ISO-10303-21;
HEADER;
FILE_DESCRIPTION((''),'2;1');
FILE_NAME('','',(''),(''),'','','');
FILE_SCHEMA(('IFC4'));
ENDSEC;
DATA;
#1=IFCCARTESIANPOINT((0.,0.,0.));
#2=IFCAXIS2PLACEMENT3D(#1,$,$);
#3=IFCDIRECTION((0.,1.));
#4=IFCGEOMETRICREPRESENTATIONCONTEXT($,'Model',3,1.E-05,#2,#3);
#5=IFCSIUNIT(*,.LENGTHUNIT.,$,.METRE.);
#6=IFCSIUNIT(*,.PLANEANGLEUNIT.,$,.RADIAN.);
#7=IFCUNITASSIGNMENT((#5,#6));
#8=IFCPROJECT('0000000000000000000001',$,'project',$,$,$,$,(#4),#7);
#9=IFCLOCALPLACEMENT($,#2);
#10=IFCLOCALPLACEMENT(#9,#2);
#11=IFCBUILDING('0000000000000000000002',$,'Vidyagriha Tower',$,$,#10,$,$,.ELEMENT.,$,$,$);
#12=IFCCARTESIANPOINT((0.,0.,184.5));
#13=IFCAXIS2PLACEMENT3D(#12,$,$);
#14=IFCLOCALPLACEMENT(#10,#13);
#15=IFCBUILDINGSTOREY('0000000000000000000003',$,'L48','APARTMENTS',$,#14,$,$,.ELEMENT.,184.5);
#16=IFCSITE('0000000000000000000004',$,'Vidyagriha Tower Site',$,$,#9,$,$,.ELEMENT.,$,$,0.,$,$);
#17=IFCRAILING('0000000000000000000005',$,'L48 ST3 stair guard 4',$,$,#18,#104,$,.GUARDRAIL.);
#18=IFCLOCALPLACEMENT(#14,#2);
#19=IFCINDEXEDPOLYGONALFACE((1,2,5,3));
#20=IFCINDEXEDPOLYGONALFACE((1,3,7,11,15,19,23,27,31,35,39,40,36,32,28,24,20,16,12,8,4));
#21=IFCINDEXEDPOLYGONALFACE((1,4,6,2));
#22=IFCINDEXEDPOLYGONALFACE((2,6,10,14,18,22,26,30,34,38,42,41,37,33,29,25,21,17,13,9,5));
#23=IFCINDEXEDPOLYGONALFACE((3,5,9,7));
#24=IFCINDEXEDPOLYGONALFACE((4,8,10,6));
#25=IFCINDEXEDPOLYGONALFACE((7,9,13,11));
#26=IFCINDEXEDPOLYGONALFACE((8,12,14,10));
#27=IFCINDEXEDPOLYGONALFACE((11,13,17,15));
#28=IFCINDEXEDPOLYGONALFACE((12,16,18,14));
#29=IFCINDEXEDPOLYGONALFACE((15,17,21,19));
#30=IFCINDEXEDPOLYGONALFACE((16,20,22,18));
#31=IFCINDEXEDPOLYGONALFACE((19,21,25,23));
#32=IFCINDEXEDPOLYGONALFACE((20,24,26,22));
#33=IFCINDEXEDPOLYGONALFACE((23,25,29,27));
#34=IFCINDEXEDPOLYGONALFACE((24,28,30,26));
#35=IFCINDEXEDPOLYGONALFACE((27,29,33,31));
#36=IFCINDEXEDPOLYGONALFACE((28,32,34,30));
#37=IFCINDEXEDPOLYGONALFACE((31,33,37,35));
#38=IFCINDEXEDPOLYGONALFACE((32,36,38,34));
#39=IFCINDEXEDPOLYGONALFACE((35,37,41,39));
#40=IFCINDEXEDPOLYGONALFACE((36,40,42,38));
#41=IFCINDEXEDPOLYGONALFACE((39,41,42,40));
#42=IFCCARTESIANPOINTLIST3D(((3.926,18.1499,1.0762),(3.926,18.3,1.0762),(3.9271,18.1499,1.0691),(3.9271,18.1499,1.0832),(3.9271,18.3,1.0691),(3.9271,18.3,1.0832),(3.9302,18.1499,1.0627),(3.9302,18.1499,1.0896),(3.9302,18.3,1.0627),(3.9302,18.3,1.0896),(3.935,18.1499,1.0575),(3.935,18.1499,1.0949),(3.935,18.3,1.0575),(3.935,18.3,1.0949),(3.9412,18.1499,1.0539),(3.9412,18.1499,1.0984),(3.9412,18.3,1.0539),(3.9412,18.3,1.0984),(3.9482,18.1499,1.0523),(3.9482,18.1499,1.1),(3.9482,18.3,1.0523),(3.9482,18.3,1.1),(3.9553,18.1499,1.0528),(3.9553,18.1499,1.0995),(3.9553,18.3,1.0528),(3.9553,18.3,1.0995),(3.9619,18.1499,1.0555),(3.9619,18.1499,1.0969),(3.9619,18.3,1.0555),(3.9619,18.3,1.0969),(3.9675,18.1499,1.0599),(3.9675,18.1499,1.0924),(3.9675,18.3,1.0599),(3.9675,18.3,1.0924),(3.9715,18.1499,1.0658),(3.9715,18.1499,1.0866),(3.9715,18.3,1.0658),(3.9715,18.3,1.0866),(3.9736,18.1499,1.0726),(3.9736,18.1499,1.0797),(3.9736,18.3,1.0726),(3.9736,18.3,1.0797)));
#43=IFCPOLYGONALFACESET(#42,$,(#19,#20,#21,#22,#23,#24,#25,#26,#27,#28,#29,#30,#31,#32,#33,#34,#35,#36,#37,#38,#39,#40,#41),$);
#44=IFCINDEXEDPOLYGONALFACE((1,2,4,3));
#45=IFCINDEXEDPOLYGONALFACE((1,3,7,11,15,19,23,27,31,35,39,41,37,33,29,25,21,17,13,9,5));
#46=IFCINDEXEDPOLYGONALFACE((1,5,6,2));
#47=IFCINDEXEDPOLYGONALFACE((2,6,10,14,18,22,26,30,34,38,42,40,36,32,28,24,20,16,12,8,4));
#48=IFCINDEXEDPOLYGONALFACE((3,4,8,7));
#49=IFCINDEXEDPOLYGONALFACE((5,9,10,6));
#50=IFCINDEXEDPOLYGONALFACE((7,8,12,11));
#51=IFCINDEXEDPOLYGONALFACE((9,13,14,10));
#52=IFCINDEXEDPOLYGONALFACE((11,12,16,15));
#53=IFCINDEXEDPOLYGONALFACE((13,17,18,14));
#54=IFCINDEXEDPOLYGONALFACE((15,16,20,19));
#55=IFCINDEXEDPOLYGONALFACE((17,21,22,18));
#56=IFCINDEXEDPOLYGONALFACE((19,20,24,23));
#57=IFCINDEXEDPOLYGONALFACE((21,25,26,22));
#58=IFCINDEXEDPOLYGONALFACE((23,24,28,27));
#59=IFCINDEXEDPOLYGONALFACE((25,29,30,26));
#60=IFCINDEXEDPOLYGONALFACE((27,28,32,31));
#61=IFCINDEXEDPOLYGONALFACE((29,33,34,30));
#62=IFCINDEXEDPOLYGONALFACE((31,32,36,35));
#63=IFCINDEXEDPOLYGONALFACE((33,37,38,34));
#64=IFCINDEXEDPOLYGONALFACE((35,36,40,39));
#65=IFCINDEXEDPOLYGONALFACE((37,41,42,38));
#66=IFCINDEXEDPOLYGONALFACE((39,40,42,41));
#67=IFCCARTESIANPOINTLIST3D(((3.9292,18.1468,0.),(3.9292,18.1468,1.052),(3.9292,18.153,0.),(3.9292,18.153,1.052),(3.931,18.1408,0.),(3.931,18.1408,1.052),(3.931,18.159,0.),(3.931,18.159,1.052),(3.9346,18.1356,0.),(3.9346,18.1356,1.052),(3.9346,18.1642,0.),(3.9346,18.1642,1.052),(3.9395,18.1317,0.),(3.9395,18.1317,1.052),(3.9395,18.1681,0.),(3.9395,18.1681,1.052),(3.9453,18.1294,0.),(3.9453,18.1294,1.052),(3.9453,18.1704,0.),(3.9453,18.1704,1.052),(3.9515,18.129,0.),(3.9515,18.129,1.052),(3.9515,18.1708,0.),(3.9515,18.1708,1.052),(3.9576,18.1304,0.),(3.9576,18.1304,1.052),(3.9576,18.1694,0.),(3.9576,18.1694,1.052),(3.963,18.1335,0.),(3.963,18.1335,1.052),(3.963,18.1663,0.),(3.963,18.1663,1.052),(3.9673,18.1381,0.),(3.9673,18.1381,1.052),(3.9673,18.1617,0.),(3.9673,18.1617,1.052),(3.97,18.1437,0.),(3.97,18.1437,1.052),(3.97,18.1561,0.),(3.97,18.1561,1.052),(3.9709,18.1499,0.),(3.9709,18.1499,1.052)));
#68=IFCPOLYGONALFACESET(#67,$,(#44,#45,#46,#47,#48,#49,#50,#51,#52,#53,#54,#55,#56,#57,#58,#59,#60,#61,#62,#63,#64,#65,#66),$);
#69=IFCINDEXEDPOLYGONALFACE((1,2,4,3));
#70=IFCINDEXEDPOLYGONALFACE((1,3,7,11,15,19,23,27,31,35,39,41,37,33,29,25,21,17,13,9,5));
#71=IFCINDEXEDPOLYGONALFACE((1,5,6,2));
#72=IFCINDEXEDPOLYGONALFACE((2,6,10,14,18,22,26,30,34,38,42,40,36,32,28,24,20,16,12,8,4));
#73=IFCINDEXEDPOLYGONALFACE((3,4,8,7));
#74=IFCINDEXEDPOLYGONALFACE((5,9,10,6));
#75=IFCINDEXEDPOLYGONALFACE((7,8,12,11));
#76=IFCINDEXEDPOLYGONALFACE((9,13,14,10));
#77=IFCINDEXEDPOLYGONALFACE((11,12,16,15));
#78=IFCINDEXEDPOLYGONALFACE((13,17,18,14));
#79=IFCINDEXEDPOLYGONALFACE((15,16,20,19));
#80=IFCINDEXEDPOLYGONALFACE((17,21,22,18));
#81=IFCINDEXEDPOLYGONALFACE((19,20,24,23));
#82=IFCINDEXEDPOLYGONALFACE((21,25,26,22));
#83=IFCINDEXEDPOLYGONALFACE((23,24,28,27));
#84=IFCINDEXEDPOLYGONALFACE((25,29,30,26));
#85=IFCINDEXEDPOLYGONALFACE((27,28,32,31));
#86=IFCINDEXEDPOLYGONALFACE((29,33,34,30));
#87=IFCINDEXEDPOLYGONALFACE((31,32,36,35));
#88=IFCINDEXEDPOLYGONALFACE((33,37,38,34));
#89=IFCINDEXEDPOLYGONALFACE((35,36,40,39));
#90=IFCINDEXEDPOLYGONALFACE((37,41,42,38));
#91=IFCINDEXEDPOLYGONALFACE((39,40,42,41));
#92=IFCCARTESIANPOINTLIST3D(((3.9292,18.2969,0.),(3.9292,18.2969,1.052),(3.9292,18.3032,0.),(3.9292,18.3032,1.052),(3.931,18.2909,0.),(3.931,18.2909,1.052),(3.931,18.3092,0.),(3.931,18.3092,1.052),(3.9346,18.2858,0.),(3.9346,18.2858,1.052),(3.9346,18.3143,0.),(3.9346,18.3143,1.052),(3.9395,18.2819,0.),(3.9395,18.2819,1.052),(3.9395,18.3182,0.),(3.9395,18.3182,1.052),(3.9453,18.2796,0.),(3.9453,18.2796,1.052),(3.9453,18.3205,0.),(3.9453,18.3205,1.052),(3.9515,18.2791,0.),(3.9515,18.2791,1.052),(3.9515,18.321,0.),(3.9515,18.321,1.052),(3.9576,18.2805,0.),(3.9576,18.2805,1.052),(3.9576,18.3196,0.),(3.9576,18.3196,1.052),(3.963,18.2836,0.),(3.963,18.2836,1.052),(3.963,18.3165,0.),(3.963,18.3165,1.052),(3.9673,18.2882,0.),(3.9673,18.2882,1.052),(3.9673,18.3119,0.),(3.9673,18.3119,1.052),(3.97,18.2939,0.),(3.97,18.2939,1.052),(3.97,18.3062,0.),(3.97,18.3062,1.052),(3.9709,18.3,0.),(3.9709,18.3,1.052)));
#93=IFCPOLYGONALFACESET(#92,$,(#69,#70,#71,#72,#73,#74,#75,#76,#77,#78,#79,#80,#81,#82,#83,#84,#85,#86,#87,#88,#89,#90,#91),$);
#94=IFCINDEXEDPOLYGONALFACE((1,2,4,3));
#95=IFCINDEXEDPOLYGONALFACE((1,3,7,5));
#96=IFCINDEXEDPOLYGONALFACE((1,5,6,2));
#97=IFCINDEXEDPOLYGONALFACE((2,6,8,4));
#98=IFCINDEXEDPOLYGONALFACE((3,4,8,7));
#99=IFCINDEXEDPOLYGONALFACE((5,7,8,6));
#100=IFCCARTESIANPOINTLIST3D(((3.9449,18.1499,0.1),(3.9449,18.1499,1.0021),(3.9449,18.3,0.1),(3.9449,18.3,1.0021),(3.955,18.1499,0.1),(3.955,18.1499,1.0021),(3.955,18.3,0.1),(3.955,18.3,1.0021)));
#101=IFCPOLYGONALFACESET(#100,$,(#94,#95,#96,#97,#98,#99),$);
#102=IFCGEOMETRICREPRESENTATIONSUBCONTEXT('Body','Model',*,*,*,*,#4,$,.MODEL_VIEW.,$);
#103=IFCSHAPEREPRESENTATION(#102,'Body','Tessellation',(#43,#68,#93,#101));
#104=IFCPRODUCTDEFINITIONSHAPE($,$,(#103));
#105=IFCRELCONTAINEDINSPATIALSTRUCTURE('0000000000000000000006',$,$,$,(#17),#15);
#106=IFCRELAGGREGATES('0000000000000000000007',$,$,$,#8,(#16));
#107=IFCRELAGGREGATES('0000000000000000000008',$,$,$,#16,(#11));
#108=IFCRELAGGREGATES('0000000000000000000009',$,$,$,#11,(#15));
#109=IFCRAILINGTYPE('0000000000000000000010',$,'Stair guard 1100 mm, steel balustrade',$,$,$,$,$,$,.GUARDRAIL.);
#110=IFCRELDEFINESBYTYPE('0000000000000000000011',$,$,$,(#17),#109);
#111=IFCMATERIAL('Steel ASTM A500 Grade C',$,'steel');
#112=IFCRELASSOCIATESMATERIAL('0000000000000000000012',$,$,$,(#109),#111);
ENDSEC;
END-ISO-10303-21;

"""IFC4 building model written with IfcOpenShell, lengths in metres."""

from ifc_helpers import new_model, si_unit, direction, frame, origin, origin_2d, place, context, subcontext, project, spatial, rectangle, circle, extrude, material, type_object, element, save


model = new_model("IFC4")

# Units and contexts
model_context = context("Model", 3, precision=1e-05, world=origin(), true_north=direction((0.0, 1.0)))
body_context = subcontext(model_context, "Body", "Model", "MODEL_VIEW")
ifc_project = project(units=[si_unit("LENGTHUNIT", "METRE"), si_unit("PLANEANGLEUNIT", "RADIAN")], contexts=[model_context])

# Site, building, storey
site_placement = place(None, origin())
site = spatial("IfcSite", under=ifc_project, at=site_placement, Name="Vidyagriha Tower Site", CompositionType="ELEMENT", RefElevation=0.0)
building_placement = place(site_placement, origin())
building = spatial("IfcBuilding", under=site, at=building_placement, Name="Vidyagriha Tower", CompositionType="ELEMENT")
storey_placement = place(building_placement, frame((0.0, 0.0, 184.5)))
storey = spatial("IfcBuildingStorey", under=building, at=storey_placement, Name="L48", Description="APARTMENTS", CompositionType="ELEMENT", Elevation=184.5)

# Railing
ifc_material_1 = material(Name="Steel ASTM A500 Grade C", Category="steel")
railing_type_1 = type_object("IfcRailingType", Name="Stair guard 1100 mm, steel balustrade", PredefinedType="GUARDRAIL", material=ifc_material_1)
railing_1_placement = place(storey_placement, frame((3.95, 18.1499, 0.0)))
element("IfcRailing", 1, at=railing_1_placement, inside=storey, type_object=railing_type_1, Name="L48 ST3 stair guard 4", PredefinedType="GUARDRAIL", context=body_context, shape_type="SweptSolid", body=[
    extrude(circle(Radius=0.0239, at=origin_2d()), frame((0.0, 0.0, 1.0762), z_axis=(0.0, 1.0, 0.0), x_axis=(-1.0, 0.0, 0.0)), (0.0, 0.0, 1.0), 0.1501),
    extrude(circle(Radius=0.021, at=origin_2d()), origin(), (0.0, 0.0, 1.0), 1.052),
    extrude(circle(Radius=0.021, at=origin_2d()), frame((0.0, 0.1501, 0.0)), (0.0, 0.0, 1.0), 1.052),
    extrude(rectangle(XDim=0.01, YDim=0.9021, at=origin_2d()), frame((0.0, 0.0, 0.551), z_axis=(0.0, 1.0, 0.0), x_axis=(-1.0, 0.0, 0.0)), (0.0, 0.0, 1.0), 0.1501),
])

save(model, "model.ifc")
